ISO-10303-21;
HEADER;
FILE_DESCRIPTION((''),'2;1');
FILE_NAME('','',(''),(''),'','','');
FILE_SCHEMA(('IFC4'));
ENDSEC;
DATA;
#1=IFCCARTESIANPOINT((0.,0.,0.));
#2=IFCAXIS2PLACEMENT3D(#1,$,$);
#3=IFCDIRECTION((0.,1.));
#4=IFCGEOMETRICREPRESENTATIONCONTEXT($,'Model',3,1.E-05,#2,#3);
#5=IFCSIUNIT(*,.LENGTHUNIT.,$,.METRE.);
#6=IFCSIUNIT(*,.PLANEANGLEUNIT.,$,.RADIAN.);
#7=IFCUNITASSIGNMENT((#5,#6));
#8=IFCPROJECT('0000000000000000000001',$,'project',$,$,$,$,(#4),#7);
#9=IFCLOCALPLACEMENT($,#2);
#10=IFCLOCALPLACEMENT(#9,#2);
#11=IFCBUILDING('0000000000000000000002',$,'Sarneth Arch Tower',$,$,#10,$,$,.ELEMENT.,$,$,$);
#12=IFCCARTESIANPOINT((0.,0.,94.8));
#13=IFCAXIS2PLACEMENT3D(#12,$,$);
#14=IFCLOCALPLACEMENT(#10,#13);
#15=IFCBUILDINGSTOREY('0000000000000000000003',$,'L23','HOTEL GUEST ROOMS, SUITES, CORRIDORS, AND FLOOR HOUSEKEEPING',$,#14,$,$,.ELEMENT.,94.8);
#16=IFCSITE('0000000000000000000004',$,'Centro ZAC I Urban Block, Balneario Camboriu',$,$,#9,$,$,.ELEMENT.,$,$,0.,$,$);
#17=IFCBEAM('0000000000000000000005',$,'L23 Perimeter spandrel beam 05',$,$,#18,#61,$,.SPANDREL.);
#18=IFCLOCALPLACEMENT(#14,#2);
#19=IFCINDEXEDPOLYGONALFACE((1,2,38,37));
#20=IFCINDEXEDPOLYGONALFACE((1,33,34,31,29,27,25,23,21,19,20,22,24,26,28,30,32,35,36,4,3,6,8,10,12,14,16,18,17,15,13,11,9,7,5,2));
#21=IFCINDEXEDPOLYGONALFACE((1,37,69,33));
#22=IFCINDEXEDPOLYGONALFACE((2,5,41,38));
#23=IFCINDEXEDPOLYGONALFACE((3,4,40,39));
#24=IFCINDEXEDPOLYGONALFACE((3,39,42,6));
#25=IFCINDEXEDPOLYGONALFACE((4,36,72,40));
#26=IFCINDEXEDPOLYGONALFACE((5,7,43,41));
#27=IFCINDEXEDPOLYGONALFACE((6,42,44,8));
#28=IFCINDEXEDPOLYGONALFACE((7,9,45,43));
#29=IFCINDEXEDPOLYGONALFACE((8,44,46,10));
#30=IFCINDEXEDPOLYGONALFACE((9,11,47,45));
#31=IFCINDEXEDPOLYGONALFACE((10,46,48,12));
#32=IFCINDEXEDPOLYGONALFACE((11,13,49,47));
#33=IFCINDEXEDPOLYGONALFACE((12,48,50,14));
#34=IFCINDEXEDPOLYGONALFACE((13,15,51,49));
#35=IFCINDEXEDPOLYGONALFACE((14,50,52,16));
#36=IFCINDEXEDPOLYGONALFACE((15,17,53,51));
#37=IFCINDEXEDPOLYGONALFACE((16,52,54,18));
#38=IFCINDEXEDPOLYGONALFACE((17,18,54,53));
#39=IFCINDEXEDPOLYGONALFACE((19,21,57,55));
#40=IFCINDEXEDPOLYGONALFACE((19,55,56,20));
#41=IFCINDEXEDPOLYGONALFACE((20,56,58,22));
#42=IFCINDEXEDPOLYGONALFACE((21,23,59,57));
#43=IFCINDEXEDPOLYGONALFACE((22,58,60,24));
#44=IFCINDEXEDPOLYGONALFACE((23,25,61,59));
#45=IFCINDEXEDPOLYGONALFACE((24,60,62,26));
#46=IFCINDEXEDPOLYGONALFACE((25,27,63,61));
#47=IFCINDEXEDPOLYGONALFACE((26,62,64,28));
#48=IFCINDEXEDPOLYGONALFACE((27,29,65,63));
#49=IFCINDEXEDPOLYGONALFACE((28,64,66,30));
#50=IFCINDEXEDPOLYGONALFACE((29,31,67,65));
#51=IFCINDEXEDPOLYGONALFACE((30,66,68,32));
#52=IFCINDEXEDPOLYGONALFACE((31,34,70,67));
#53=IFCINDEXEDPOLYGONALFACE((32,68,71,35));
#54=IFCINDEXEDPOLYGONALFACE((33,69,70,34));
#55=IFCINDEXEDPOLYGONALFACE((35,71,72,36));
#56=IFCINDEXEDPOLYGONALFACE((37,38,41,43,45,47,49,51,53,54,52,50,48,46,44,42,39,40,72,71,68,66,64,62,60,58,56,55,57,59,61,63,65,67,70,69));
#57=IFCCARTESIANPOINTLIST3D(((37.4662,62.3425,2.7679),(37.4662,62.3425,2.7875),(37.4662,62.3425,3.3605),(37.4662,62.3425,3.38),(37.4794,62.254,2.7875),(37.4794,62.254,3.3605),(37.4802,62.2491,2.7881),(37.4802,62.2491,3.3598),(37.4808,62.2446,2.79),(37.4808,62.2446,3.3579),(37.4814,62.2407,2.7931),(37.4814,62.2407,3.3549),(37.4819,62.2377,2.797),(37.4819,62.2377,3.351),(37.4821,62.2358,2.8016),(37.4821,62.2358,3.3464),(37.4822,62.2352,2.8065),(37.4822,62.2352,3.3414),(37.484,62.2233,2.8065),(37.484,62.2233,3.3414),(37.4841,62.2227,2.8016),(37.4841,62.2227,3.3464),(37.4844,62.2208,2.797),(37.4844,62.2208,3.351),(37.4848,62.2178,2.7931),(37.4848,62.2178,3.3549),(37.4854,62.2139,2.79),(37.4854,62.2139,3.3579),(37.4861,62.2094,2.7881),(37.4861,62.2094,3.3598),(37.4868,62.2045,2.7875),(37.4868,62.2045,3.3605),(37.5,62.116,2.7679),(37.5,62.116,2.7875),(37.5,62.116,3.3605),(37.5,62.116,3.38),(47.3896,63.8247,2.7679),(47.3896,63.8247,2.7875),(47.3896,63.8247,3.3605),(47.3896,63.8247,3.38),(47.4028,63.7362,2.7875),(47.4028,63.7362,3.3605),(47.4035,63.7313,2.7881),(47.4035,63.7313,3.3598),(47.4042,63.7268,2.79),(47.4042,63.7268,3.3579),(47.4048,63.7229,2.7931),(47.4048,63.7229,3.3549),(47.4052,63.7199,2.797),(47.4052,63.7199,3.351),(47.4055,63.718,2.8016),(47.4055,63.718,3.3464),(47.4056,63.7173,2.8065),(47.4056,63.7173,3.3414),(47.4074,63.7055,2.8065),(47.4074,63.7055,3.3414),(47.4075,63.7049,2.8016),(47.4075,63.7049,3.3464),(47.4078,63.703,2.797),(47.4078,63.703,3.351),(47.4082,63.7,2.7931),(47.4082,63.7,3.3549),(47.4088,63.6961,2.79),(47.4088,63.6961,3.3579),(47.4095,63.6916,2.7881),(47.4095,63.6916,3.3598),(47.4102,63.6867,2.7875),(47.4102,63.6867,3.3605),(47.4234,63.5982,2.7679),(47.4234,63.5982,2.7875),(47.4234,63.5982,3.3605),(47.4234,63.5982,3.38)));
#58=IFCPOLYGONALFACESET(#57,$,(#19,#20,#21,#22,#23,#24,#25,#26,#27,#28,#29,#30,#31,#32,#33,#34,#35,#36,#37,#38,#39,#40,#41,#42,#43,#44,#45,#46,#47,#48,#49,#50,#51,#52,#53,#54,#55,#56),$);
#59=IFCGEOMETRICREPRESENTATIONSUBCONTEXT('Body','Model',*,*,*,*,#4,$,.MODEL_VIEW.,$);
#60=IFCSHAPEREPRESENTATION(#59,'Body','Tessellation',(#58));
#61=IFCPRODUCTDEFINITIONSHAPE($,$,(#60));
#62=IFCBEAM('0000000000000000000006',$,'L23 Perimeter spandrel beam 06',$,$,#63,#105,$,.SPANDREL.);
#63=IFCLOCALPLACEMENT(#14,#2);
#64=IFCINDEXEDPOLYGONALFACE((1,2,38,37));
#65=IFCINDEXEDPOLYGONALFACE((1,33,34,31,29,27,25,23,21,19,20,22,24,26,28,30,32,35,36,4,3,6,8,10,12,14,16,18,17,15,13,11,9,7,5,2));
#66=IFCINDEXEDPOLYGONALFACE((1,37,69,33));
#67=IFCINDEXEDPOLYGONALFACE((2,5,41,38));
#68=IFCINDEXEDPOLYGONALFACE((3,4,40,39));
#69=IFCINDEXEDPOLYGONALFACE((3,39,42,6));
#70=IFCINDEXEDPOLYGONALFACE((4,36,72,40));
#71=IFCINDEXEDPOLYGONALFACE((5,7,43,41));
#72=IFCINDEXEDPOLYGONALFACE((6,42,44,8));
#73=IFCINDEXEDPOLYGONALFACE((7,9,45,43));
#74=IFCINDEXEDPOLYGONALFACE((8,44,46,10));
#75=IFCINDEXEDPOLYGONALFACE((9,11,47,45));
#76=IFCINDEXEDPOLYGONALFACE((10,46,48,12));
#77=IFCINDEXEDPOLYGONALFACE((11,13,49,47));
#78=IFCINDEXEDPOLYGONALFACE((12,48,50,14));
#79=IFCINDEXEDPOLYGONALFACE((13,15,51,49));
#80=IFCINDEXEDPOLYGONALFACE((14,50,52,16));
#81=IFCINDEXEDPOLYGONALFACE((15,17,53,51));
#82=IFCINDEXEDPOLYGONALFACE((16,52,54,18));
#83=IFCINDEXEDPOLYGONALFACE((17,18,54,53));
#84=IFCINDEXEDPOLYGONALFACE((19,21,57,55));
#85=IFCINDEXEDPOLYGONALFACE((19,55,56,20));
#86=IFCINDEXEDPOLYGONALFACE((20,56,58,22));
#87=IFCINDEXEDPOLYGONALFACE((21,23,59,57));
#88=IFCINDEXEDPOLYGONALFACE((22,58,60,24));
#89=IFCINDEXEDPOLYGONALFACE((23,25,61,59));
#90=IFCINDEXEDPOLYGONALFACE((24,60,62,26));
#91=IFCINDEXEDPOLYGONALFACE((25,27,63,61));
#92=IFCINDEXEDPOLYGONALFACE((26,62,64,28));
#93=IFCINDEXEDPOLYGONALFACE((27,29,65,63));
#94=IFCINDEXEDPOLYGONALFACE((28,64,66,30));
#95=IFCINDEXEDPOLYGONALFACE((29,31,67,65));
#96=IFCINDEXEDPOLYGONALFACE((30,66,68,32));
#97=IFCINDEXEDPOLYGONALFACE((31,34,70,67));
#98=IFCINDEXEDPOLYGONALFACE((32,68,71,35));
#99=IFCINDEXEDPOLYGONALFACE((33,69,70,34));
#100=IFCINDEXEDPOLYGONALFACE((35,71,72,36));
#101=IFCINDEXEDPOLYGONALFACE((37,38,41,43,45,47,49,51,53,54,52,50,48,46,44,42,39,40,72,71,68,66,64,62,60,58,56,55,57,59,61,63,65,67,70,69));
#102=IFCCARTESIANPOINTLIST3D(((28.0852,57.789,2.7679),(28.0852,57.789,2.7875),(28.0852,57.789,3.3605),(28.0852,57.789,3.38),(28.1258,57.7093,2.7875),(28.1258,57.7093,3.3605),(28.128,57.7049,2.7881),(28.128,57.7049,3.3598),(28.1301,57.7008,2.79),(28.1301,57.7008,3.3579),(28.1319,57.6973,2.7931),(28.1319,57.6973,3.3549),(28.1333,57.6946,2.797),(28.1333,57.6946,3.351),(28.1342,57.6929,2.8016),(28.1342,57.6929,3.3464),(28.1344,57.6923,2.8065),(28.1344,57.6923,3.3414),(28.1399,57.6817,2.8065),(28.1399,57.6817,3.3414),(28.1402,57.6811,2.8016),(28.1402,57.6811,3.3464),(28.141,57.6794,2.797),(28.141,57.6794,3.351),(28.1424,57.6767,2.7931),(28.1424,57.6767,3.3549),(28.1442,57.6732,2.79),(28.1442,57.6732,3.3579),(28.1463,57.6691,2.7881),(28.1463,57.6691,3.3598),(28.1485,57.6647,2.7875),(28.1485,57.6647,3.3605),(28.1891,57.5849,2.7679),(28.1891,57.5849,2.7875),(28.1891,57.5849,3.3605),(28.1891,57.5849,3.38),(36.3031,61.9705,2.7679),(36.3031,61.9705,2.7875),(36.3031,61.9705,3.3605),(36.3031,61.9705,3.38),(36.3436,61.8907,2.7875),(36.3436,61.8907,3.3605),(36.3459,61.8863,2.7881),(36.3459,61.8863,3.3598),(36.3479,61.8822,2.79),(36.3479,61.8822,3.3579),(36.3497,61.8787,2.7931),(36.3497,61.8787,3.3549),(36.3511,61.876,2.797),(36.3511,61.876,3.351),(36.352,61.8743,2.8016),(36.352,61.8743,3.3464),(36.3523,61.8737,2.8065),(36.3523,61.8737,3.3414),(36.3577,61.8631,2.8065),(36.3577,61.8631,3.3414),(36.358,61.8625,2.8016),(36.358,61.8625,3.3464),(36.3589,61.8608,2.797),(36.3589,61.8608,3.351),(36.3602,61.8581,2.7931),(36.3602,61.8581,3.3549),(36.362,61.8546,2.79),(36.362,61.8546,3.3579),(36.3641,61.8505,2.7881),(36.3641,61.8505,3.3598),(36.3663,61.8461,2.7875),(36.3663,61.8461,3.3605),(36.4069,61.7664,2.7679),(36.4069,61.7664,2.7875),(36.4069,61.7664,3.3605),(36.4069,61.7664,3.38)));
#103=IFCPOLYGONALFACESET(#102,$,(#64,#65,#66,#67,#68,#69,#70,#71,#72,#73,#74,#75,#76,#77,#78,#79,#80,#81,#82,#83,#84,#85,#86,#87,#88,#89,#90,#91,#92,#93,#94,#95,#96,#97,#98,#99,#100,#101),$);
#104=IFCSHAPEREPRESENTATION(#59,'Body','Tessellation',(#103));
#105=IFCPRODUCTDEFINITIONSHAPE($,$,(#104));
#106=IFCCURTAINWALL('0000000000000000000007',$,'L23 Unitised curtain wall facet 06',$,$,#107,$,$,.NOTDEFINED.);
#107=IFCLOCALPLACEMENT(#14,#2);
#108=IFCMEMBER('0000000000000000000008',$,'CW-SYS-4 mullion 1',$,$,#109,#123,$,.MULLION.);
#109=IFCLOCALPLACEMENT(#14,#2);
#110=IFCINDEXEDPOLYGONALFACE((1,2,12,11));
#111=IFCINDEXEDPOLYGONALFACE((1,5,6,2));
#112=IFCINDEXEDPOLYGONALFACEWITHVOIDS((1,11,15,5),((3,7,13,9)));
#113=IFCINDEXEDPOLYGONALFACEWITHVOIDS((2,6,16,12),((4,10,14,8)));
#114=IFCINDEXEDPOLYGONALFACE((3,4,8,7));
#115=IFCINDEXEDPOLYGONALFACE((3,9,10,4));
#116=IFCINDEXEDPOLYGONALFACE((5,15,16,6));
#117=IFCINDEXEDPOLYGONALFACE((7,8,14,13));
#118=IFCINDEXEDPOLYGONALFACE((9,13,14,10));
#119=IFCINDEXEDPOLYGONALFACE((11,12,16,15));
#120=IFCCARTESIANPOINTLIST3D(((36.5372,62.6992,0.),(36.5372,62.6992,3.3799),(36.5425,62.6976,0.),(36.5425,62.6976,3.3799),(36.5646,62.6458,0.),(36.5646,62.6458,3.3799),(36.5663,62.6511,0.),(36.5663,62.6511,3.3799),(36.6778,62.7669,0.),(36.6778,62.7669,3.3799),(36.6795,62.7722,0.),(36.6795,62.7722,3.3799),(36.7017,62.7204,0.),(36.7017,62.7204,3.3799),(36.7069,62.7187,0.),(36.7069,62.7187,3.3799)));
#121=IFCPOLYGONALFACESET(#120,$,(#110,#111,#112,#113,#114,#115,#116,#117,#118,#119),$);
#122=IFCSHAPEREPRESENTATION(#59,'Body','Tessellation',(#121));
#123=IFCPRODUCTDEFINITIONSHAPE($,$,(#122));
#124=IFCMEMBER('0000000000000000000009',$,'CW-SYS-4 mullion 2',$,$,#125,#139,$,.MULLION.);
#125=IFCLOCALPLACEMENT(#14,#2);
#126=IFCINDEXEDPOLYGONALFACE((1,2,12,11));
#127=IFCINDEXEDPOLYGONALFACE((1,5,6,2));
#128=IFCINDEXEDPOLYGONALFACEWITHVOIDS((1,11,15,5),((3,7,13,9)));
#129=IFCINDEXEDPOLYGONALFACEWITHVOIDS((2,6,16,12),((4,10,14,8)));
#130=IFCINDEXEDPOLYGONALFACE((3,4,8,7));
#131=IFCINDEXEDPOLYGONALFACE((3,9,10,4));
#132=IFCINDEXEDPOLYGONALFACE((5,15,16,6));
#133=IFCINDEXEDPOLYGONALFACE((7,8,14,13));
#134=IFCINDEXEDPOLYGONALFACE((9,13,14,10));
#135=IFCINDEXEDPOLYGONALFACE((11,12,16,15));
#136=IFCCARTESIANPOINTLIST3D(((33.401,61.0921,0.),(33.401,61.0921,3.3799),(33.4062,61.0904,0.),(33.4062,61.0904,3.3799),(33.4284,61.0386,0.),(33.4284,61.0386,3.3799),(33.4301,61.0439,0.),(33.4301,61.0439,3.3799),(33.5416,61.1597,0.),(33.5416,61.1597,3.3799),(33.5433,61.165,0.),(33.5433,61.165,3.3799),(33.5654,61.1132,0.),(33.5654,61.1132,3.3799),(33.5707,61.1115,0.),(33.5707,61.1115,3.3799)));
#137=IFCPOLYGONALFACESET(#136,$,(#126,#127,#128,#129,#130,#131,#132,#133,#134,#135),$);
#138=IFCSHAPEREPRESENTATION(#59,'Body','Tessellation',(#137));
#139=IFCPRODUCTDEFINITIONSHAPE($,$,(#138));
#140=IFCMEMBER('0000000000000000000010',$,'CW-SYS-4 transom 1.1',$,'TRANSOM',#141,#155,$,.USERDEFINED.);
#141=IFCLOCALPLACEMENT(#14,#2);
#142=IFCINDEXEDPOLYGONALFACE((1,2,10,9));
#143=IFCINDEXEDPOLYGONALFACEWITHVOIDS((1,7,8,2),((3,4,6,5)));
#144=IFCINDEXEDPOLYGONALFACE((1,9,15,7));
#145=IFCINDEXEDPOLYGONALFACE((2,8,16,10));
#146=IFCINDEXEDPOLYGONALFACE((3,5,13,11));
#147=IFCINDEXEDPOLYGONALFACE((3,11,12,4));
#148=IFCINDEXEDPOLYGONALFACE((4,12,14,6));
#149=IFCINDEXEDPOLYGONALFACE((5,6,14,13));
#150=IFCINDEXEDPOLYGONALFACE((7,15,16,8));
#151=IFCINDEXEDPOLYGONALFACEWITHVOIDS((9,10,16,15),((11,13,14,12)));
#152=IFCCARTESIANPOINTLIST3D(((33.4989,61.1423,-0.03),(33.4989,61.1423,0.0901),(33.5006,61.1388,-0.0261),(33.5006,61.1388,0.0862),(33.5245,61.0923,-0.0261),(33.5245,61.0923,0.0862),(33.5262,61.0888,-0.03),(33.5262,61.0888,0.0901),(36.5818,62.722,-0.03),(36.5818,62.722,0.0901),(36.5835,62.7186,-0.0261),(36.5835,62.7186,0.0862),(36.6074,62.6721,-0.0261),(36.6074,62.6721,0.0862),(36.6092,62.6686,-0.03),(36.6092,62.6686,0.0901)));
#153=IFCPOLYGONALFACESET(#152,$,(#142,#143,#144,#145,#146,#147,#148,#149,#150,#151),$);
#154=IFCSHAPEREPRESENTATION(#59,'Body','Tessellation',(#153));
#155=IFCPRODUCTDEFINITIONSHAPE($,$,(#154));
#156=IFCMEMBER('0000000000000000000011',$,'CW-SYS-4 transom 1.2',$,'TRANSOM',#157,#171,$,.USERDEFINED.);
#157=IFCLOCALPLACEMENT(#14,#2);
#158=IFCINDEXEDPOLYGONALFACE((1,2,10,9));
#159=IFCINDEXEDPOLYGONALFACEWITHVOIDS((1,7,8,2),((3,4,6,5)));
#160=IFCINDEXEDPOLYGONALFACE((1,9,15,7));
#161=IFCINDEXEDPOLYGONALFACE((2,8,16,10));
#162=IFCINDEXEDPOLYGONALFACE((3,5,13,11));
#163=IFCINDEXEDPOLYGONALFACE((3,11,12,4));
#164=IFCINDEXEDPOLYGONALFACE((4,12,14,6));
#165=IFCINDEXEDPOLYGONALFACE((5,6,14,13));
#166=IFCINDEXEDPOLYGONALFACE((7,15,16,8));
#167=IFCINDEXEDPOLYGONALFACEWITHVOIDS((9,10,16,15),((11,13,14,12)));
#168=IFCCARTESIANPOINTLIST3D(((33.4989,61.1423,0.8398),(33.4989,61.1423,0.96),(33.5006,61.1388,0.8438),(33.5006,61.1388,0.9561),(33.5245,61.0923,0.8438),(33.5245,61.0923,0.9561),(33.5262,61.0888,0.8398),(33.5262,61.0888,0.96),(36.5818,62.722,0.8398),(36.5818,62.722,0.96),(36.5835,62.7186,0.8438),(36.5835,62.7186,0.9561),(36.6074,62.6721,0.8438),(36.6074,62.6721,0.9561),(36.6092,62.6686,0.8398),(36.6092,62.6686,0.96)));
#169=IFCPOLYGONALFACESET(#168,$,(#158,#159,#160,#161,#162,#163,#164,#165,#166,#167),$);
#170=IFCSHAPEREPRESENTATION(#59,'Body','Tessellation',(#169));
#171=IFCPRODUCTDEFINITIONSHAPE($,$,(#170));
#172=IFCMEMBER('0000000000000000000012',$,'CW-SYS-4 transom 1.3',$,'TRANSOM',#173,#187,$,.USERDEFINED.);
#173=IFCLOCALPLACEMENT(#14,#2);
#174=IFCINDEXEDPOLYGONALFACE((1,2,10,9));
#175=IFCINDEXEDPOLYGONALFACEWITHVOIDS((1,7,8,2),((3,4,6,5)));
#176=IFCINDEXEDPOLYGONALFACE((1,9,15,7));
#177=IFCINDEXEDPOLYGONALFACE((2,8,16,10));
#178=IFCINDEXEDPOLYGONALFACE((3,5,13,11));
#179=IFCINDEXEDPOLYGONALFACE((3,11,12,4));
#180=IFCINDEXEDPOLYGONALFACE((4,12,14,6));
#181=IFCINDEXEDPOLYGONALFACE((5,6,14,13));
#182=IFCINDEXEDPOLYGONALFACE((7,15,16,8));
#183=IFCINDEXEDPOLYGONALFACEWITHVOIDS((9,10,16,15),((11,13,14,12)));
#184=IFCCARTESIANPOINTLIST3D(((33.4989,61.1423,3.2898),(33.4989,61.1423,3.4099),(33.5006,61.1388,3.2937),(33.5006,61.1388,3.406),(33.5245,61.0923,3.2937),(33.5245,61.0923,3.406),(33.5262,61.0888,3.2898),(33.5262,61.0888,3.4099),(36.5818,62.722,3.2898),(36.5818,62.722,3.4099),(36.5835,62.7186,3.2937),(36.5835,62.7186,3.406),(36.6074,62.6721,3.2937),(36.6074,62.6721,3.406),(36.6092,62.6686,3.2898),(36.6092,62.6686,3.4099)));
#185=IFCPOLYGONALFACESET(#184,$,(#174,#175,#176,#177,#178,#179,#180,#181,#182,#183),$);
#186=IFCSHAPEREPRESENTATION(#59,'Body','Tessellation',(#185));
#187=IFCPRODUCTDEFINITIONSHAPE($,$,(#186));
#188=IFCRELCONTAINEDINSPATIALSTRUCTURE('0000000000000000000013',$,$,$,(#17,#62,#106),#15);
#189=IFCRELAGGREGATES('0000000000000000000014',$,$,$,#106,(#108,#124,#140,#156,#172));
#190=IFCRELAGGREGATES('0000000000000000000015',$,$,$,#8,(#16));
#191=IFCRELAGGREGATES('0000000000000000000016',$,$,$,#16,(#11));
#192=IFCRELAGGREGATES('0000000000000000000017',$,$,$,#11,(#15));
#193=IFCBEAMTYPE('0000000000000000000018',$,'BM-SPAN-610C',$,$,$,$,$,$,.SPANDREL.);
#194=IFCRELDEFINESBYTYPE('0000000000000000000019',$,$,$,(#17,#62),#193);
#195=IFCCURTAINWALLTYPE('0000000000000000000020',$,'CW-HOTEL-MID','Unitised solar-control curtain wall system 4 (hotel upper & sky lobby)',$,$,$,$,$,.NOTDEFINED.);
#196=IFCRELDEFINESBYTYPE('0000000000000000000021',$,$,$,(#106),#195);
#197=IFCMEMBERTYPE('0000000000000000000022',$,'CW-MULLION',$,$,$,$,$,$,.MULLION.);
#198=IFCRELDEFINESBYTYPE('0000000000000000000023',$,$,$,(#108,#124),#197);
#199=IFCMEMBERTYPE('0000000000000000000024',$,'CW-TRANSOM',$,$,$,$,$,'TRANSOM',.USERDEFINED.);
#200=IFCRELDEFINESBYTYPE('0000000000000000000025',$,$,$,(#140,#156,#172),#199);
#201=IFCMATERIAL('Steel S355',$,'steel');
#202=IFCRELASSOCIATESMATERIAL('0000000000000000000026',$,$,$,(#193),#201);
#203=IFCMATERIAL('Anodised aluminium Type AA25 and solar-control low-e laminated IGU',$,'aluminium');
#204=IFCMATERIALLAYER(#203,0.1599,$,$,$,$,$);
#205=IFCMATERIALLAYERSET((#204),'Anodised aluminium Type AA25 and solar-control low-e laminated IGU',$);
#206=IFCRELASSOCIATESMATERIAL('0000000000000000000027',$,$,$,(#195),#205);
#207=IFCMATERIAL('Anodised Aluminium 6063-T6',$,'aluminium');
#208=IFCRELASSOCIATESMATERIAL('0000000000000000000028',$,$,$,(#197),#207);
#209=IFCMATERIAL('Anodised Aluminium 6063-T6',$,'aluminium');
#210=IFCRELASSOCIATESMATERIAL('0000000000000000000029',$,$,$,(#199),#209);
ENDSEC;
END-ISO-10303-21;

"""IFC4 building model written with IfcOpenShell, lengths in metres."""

from ifc_helpers import new_model, si_unit, direction, frame, origin, origin_2d, place, context, subcontext, project, spatial, hollow_rectangle, i_section, extrude, material, layer, layer_set, material_profile, profile_set, type_object, element, aggregate, save


model = new_model("IFC4")

# Units and contexts
model_context = context("Model", 3, precision=1e-05, world=origin(), true_north=direction((0.0, 1.0)))
body_context = subcontext(model_context, "Body", "Model", "MODEL_VIEW")
ifc_project = project(units=[si_unit("LENGTHUNIT", "METRE"), si_unit("PLANEANGLEUNIT", "RADIAN")], contexts=[model_context])

# Site, building, storey
site_placement = place(None, origin())
site = spatial("IfcSite", under=ifc_project, at=site_placement, Name="Centro ZAC I Urban Block, Balneario Camboriu", CompositionType="ELEMENT", RefElevation=0.0)
building_placement = place(site_placement, origin())
building = spatial("IfcBuilding", under=site, at=building_placement, Name="Sarneth Arch Tower", CompositionType="ELEMENT")
storey_placement = place(building_placement, frame((0.0, 0.0, 94.8)))
storey = spatial("IfcBuildingStorey", under=building, at=storey_placement, Name="L23", Description="HOTEL GUEST ROOMS, SUITES, CORRIDORS, AND FLOOR HOUSEKEEPING", CompositionType="ELEMENT", Elevation=94.8)

# Beams
ifc_material_1 = material(Name="Steel S355", Category="steel")
ifc_material_profile_1 = material_profile(ifc_material_1, i_section(OverallWidth=0.229, OverallDepth=0.6121, WebThickness=0.012, FlangeThickness=0.0195, FilletRadius=0.019, at=origin_2d()), Name="W610x125")
ifc_profile_set_1 = profile_set([ifc_material_profile_1], Name="Steel S355")
beam_type_1 = type_object("IfcBeamType", Name="BM-SPAN-610C", PredefinedType="SPANDREL", material=ifc_profile_set_1)
beam_1_placement = place(storey_placement, frame((47.4065, 63.7114, 3.074), z_axis=(-0.989029, -0.147724, 0.0), x_axis=(0.147724, -0.989029, 0.0)))
element("IfcBeam", 1, at=beam_1_placement, inside=storey, type_object=beam_type_1, Name="L23 Perimeter spandrel beam 05", PredefinedType="SPANDREL", context=body_context, shape_type="SweptSolid", body=[
    extrude(i_section(OverallWidth=0.229, OverallDepth=0.6121, WebThickness=0.012, FlangeThickness=0.0195, FilletRadius=0.019, at=origin_2d()), origin(), (0.0, 0.0, 1.0), 10.0334),
])
beam_2_placement = place(storey_placement, frame((36.355, 61.8684, 3.074), z_axis=(-0.891259, -0.453494, 0.0), x_axis=(0.453494, -0.891259, 0.0)))
element("IfcBeam", 2, at=beam_2_placement, inside=storey, type_object=beam_type_1, Name="L23 Perimeter spandrel beam 06", PredefinedType="SPANDREL", context=body_context, shape_type="SweptSolid", body=[
    extrude(i_section(OverallWidth=0.229, OverallDepth=0.6121, WebThickness=0.012, FlangeThickness=0.0195, FilletRadius=0.019, at=origin_2d()), origin(), (0.0, 0.0, 1.0), 9.2205),
])

# Curtain wall, members
ifc_material_2 = material(Name="Anodised aluminium Type AA25 and solar-control low-e laminated IGU", Category="aluminium")
ifc_layer_1 = layer(ifc_material_2, 0.1599)
ifc_layer_set_1 = layer_set([ifc_layer_1], Name="Anodised aluminium Type AA25 and solar-control low-e laminated IGU")
curtain_wall_type = type_object("IfcCurtainWallType", Name="CW-HOTEL-MID", Description="Unitised solar-control curtain wall system 4 (hotel upper & sky lobby)", PredefinedType="NOTDEFINED", material=ifc_layer_set_1)
curtain_wall_placement = place(storey_placement, origin())
curtain_wall = element("IfcCurtainWall", 3, at=curtain_wall_placement, inside=storey, type_object=curtain_wall_type, Name="L23 Unitised curtain wall facet 06", PredefinedType="NOTDEFINED")
ifc_material_3 = material(Name="Anodised Aluminium 6063-T6", Category="aluminium")
ifc_material_profile_2 = material_profile(ifc_material_3, hollow_rectangle(XDim=0.0601, YDim=0.1599, WallThickness=0.0039, at=origin_2d()), Name="AL-MULL-160x60x4")
ifc_profile_set_2 = profile_set([ifc_material_profile_2], Name="Anodised Aluminium 6063-T6")
member_type_1 = type_object("IfcMemberType", Name="CW-MULLION", PredefinedType="MULLION", material=ifc_profile_set_2)
member_1_placement = place(storey_placement, frame((36.6221, 62.709, 0.0), z_axis=(0.0, 0.0, 1.0), x_axis=(0.456031, -0.889964, 0.0)))
member_1 = element("IfcMember", 4, at=member_1_placement, type_object=member_type_1, Name="CW-SYS-4 mullion 1", PredefinedType="MULLION", context=body_context, shape_type="SweptSolid", body=[
    extrude(hollow_rectangle(XDim=0.0601, YDim=0.1599, WallThickness=0.0039, at=origin_2d()), origin(), (0.0, 0.0, 1.0), 3.3799),
])
member_2_placement = place(storey_placement, frame((33.4858, 61.1018, 0.0), z_axis=(0.0, 0.0, 1.0), x_axis=(0.456031, -0.889964, 0.0)))
member_2 = element("IfcMember", 5, at=member_2_placement, type_object=member_type_1, Name="CW-SYS-4 mullion 2", PredefinedType="MULLION", context=body_context, shape_type="SweptSolid", body=[
    extrude(hollow_rectangle(XDim=0.0601, YDim=0.1599, WallThickness=0.0039, at=origin_2d()), origin(), (0.0, 0.0, 1.0), 3.3799),
])
ifc_material_4 = material(Name="Anodised Aluminium 6063-T6", Category="aluminium")
ifc_material_profile_3 = material_profile(ifc_material_4, hollow_rectangle(XDim=0.0601, YDim=0.1201, WallThickness=0.0039, at=origin_2d()), Name="AL-TRAN-120x60x4")
ifc_profile_set_3 = profile_set([ifc_material_profile_3], Name="Anodised Aluminium 6063-T6")
member_type_2 = type_object("IfcMemberType", Name="CW-TRANSOM", ElementType="TRANSOM", PredefinedType="USERDEFINED", material=ifc_profile_set_3)
member_3_placement = place(storey_placement, frame((36.5955, 62.6953, 0.03), z_axis=(-0.889958, -0.456043, 0.0), x_axis=(0.456043, -0.889958, 0.0)))
member_3 = element("IfcMember", 6, at=member_3_placement, type_object=member_type_2, Name="CW-SYS-4 transom 1.1", ObjectType="TRANSOM", PredefinedType="USERDEFINED", context=body_context, shape_type="SweptSolid", body=[
    extrude(hollow_rectangle(XDim=0.0601, YDim=0.1201, WallThickness=0.0039, at=origin_2d()), origin(), (0.0, 0.0, 1.0), 3.4641),
])
member_4_placement = place(storey_placement, frame((36.5955, 62.6953, 0.8999), z_axis=(-0.889958, -0.456043, 0.0), x_axis=(0.456043, -0.889958, 0.0)))
member_4 = element("IfcMember", 7, at=member_4_placement, type_object=member_type_2, Name="CW-SYS-4 transom 1.2", ObjectType="TRANSOM", PredefinedType="USERDEFINED", context=body_context, shape_type="SweptSolid", body=[
    extrude(hollow_rectangle(XDim=0.0601, YDim=0.1201, WallThickness=0.0039, at=origin_2d()), origin(), (0.0, 0.0, 1.0), 3.4641),
])
member_5_placement = place(storey_placement, frame((36.5955, 62.6953, 3.3499), z_axis=(-0.889958, -0.456043, 0.0), x_axis=(0.456043, -0.889958, 0.0)))
member_5 = element("IfcMember", 8, at=member_5_placement, type_object=member_type_2, Name="CW-SYS-4 transom 1.3", ObjectType="TRANSOM", PredefinedType="USERDEFINED", context=body_context, shape_type="SweptSolid", body=[
    extrude(hollow_rectangle(XDim=0.0601, YDim=0.1201, WallThickness=0.0039, at=origin_2d()), origin(), (0.0, 0.0, 1.0), 3.4641),
])
aggregate(curtain_wall, [member_1, member_2, member_3, member_4, member_5])

save(model, "model.ifc")
